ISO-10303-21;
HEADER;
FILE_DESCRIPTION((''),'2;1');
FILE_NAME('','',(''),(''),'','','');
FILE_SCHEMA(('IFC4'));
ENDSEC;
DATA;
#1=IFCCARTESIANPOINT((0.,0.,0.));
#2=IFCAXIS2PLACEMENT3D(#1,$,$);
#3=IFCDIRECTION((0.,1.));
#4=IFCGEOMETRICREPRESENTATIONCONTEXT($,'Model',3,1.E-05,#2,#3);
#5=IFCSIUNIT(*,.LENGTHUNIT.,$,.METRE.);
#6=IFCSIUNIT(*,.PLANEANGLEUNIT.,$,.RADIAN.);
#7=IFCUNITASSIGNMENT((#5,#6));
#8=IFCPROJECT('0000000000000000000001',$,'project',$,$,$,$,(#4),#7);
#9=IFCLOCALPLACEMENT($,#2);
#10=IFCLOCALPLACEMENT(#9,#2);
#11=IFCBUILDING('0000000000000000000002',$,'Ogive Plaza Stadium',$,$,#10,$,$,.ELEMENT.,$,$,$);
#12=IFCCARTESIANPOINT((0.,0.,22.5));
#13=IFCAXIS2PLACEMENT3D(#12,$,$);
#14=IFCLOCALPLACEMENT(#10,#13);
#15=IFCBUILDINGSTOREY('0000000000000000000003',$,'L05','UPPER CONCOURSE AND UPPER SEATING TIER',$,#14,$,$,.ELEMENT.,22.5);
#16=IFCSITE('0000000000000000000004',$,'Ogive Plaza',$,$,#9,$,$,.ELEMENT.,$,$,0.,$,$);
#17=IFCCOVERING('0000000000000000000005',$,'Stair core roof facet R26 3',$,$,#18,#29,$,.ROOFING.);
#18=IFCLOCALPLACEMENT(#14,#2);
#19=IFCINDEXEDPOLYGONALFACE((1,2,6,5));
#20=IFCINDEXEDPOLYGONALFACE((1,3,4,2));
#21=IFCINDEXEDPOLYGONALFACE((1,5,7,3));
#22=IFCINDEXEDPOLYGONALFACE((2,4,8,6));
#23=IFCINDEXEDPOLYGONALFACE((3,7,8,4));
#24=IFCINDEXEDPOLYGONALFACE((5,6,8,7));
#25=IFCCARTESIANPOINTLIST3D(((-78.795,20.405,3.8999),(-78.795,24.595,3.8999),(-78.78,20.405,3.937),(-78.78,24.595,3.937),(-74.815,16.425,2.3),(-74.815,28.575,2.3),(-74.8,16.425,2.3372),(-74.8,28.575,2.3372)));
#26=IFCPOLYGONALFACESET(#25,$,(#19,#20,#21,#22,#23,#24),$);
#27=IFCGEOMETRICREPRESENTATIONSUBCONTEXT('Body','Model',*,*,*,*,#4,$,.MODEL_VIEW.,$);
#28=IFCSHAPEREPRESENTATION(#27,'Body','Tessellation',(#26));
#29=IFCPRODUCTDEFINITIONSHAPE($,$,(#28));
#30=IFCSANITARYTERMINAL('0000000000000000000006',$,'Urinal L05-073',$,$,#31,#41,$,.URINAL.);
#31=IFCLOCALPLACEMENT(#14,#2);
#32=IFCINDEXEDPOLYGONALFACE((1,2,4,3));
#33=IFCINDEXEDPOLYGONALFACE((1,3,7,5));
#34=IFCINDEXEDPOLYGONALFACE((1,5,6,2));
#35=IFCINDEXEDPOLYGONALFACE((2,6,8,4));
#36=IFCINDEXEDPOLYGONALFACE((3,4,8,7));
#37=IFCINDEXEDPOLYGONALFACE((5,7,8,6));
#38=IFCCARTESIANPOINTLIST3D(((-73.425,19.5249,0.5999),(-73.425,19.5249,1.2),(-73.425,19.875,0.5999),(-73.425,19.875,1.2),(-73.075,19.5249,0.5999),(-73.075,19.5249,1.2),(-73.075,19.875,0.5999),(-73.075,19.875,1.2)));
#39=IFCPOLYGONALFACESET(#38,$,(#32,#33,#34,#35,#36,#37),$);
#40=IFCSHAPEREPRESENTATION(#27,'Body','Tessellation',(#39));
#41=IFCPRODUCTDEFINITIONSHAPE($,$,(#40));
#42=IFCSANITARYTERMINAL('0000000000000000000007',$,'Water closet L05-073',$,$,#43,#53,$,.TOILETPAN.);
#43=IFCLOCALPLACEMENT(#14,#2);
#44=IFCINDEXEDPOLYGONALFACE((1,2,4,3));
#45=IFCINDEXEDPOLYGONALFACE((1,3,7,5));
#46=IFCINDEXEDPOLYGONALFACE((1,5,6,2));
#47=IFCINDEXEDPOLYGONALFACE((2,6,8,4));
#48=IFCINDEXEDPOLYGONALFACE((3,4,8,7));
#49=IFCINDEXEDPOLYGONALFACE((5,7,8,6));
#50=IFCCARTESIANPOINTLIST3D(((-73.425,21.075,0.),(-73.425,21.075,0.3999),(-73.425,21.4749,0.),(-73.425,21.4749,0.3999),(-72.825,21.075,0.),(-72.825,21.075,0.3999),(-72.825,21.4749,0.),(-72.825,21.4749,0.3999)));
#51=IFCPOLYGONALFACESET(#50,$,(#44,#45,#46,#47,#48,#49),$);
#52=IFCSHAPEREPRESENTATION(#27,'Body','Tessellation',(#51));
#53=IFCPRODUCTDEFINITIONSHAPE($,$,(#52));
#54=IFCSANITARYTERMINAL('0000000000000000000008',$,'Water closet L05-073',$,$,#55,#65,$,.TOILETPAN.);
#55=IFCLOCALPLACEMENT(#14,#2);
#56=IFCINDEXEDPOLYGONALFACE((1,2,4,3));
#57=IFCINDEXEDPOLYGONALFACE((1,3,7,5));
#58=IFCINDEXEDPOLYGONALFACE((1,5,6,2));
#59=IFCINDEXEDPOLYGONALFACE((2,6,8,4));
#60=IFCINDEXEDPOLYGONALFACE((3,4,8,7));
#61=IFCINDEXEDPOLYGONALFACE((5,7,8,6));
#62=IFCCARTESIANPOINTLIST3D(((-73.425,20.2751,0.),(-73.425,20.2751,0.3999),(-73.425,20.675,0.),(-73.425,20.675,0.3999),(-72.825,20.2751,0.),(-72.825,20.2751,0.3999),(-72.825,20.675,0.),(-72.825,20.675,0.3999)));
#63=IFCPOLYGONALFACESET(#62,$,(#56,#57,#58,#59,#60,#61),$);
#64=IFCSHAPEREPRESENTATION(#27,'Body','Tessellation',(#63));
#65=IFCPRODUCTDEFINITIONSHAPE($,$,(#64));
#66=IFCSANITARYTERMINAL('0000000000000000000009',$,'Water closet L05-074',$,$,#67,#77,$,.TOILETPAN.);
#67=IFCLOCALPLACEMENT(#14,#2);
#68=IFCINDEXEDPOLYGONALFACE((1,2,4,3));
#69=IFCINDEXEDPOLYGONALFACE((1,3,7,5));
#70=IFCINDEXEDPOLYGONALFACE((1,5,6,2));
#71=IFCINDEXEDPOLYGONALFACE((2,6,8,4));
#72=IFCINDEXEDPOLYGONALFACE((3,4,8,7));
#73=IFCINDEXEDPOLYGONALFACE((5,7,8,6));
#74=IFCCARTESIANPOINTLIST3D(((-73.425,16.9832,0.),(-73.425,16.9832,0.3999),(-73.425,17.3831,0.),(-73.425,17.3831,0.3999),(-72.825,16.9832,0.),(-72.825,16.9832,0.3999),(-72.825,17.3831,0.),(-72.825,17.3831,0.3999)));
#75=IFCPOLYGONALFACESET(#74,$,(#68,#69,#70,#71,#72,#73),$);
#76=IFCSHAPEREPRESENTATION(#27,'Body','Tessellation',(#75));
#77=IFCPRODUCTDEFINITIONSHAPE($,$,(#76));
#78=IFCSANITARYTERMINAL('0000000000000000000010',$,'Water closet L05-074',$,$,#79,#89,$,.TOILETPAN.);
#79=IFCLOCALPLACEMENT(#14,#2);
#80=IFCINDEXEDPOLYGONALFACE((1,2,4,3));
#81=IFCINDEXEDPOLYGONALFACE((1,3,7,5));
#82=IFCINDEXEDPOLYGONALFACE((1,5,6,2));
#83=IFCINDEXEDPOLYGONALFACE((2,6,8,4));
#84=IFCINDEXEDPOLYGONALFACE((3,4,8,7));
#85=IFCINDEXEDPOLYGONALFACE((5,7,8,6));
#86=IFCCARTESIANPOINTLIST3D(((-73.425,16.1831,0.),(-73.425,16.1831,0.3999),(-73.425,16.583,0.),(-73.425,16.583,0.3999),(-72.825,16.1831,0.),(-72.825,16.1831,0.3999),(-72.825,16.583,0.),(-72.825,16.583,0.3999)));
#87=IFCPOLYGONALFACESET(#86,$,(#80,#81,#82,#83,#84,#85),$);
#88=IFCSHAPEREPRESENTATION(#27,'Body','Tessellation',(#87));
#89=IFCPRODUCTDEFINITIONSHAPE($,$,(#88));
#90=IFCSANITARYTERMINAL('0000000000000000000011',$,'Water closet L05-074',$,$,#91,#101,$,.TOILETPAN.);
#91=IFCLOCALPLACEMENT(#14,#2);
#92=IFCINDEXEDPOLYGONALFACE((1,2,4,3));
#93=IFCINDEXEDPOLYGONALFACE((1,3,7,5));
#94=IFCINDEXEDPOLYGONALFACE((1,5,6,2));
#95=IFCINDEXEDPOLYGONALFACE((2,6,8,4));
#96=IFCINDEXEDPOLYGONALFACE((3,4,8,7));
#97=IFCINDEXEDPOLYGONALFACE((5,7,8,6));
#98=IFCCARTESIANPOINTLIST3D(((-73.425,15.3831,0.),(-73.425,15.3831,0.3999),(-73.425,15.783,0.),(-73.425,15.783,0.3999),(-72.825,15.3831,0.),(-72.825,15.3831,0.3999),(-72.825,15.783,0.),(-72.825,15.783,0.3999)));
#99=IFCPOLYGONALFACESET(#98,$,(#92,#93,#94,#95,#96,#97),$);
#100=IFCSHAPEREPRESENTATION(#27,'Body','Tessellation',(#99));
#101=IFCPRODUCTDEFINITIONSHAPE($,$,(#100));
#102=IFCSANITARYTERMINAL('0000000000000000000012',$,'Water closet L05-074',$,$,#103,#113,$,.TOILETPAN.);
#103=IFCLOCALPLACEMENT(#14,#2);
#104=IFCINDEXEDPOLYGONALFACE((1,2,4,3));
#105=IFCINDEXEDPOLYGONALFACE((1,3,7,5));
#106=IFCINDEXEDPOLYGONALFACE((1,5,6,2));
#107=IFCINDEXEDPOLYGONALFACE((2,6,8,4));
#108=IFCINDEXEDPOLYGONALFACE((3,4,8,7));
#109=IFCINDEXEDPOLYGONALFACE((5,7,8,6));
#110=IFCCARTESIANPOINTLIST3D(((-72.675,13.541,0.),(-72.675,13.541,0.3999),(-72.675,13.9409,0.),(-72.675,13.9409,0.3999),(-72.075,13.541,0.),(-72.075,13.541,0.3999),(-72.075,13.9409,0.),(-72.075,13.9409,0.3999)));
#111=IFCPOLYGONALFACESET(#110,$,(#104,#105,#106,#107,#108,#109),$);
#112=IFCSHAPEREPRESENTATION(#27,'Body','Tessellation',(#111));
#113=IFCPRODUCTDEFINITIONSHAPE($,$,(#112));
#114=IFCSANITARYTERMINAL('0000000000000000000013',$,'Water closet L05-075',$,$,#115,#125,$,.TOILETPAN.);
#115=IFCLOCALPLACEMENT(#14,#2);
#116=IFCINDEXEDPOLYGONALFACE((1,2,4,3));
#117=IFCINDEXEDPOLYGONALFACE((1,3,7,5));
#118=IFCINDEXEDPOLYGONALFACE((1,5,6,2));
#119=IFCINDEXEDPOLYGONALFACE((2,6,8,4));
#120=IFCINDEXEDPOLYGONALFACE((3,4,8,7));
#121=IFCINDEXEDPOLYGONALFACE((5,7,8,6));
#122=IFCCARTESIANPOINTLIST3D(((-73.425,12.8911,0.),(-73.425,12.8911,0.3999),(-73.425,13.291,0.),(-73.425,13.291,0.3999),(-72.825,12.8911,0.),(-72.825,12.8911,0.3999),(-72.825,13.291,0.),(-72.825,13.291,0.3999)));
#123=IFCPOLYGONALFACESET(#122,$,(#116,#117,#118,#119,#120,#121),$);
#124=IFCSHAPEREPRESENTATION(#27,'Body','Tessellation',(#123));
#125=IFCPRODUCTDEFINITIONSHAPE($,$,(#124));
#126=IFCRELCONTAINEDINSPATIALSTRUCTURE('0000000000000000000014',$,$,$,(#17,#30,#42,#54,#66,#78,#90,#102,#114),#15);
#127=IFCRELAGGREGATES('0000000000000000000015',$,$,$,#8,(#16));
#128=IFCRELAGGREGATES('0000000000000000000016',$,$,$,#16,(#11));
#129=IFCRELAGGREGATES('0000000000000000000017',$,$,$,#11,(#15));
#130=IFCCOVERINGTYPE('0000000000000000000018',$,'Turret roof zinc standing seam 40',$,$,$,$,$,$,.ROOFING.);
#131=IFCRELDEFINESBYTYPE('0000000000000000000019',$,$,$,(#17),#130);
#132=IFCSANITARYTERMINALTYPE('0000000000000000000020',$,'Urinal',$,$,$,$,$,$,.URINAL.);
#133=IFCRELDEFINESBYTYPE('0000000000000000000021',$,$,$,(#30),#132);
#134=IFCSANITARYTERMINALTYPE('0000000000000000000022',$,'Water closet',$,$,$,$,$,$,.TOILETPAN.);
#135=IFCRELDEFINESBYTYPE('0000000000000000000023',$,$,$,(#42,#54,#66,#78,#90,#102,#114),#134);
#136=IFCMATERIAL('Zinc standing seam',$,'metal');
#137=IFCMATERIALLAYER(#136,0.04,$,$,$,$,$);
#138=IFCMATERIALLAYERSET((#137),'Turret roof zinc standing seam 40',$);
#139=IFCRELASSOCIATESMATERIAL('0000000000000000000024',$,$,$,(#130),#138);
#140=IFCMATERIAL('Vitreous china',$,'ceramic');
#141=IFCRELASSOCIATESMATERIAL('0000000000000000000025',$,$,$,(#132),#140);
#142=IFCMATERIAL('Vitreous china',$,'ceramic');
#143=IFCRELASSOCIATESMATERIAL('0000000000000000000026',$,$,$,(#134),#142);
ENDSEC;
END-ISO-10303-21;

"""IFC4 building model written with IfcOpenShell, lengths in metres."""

from ifc_helpers import new_model, si_unit, direction, frame, origin, origin_2d, place, context, subcontext, project, spatial, polyline, rectangle, outline, extrude, material, layer, layer_set, type_object, element, save


model = new_model("IFC4")

# Units and contexts
model_context = context("Model", 3, precision=1e-05, world=origin(), true_north=direction((0.0, 1.0)))
body_context = subcontext(model_context, "Body", "Model", "MODEL_VIEW")
ifc_project = project(units=[si_unit("LENGTHUNIT", "METRE"), si_unit("PLANEANGLEUNIT", "RADIAN")], contexts=[model_context])

# Site, building, storey
site_placement = place(None, origin())
site = spatial("IfcSite", under=ifc_project, at=site_placement, Name="Ogive Plaza", CompositionType="ELEMENT", RefElevation=0.0)
building_placement = place(site_placement, origin())
building = spatial("IfcBuilding", under=site, at=building_placement, Name="Ogive Plaza Stadium", CompositionType="ELEMENT")
storey_placement = place(building_placement, frame((0.0, 0.0, 22.5)))
storey = spatial("IfcBuildingStorey", under=building, at=storey_placement, Name="L05", Description="UPPER CONCOURSE AND UPPER SEATING TIER", CompositionType="ELEMENT", Elevation=22.5)

# Covering
ifc_material_1 = material(Name="Zinc standing seam", Category="metal")
ifc_layer_1 = layer(ifc_material_1, 0.04)
ifc_layer_set_1 = layer_set([ifc_layer_1], Name="Turret roof zinc standing seam 40")
covering_type = type_object("IfcCoveringType", Name="Turret roof zinc standing seam 40", PredefinedType="ROOFING", material=ifc_layer_set_1)
covering_placement = place(storey_placement, frame((-74.8, 16.425, 2.3372), z_axis=(0.37297, 0.0, 0.927843), x_axis=(0.0, 1.0, 0.0)))
element("IfcCovering", 1, at=covering_placement, inside=storey, type_object=covering_type, Name="Stair core roof facet R26 3", PredefinedType="ROOFING", context=body_context, shape_type="SweptSolid", body=[
    extrude(outline(polyline([(0.0, 0.0), (12.1499, 0.0), (8.1699, 4.2895), (3.98, 4.2895), (0.0, 0.0)])), origin(), (0.0, 0.0, -1.0), 0.04),
])

# Sanitary terminals
ifc_material_2 = material(Name="Vitreous china", Category="ceramic")
sanitary_terminal_type_1 = type_object("IfcSanitaryTerminalType", Name="Urinal", PredefinedType="URINAL", material=ifc_material_2)
sanitary_terminal_placement = place(storey_placement, frame((-73.25, 19.7, 0.5999), z_axis=(0.0, 0.0, 1.0), x_axis=(0.0, -1.0, 0.0)))
element("IfcSanitaryTerminal", 2, at=sanitary_terminal_placement, inside=storey, type_object=sanitary_terminal_type_1, Name="Urinal L05-073", PredefinedType="URINAL", context=body_context, shape_type="SweptSolid", body=[
    extrude(rectangle(XDim=0.3501, YDim=0.3501, at=origin_2d()), origin(), (0.0, 0.0, 1.0), 0.6001),
])
ifc_material_3 = material(Name="Vitreous china", Category="ceramic")
sanitary_terminal_type_2 = type_object("IfcSanitaryTerminalType", Name="Water closet", PredefinedType="TOILETPAN", material=ifc_material_3)
for number, where, z_axis, x_axis, name in (
    (3, (-73.125, 21.2749, 0.0), (0.0, 0.0, 1.0), (0.0, -1.0, 0.0), "Water closet L05-073"),
    (4, (-73.125, 20.4751, 0.0), (0.0, 0.0, 1.0), (0.0, -1.0, 0.0), "Water closet L05-073"),
    (5, (-73.125, 17.1831, 0.0), (0.0, 0.0, 1.0), (0.0, -1.0, 0.0), "Water closet L05-074"),
    (6, (-73.125, 16.3831, 0.0), (0.0, 0.0, 1.0), (0.0, -1.0, 0.0), "Water closet L05-074"),
    (7, (-73.125, 15.583, 0.0), (0.0, 0.0, 1.0), (0.0, -1.0, 0.0), "Water closet L05-074"),
    (8, (-72.375, 13.741, 0.0), (0.0, 0.0, 1.0), (0.0, 1.0, 0.0), "Water closet L05-074"),
    (9, (-73.125, 13.0911, 0.0), (0.0, 0.0, 1.0), (0.0, -1.0, 0.0), "Water closet L05-075"),
):
    element("IfcSanitaryTerminal", number, at=place(storey_placement, frame(where, z_axis=z_axis, x_axis=x_axis)), inside=storey, type_object=sanitary_terminal_type_2, Name=name, PredefinedType="TOILETPAN", context=body_context, shape_type="SweptSolid", body=[
        extrude(rectangle(XDim=0.3999, YDim=0.6001, at=origin_2d()), origin(), (0.0, 0.0, 1.0), 0.3999),
    ])

save(model, "model.ifc")
